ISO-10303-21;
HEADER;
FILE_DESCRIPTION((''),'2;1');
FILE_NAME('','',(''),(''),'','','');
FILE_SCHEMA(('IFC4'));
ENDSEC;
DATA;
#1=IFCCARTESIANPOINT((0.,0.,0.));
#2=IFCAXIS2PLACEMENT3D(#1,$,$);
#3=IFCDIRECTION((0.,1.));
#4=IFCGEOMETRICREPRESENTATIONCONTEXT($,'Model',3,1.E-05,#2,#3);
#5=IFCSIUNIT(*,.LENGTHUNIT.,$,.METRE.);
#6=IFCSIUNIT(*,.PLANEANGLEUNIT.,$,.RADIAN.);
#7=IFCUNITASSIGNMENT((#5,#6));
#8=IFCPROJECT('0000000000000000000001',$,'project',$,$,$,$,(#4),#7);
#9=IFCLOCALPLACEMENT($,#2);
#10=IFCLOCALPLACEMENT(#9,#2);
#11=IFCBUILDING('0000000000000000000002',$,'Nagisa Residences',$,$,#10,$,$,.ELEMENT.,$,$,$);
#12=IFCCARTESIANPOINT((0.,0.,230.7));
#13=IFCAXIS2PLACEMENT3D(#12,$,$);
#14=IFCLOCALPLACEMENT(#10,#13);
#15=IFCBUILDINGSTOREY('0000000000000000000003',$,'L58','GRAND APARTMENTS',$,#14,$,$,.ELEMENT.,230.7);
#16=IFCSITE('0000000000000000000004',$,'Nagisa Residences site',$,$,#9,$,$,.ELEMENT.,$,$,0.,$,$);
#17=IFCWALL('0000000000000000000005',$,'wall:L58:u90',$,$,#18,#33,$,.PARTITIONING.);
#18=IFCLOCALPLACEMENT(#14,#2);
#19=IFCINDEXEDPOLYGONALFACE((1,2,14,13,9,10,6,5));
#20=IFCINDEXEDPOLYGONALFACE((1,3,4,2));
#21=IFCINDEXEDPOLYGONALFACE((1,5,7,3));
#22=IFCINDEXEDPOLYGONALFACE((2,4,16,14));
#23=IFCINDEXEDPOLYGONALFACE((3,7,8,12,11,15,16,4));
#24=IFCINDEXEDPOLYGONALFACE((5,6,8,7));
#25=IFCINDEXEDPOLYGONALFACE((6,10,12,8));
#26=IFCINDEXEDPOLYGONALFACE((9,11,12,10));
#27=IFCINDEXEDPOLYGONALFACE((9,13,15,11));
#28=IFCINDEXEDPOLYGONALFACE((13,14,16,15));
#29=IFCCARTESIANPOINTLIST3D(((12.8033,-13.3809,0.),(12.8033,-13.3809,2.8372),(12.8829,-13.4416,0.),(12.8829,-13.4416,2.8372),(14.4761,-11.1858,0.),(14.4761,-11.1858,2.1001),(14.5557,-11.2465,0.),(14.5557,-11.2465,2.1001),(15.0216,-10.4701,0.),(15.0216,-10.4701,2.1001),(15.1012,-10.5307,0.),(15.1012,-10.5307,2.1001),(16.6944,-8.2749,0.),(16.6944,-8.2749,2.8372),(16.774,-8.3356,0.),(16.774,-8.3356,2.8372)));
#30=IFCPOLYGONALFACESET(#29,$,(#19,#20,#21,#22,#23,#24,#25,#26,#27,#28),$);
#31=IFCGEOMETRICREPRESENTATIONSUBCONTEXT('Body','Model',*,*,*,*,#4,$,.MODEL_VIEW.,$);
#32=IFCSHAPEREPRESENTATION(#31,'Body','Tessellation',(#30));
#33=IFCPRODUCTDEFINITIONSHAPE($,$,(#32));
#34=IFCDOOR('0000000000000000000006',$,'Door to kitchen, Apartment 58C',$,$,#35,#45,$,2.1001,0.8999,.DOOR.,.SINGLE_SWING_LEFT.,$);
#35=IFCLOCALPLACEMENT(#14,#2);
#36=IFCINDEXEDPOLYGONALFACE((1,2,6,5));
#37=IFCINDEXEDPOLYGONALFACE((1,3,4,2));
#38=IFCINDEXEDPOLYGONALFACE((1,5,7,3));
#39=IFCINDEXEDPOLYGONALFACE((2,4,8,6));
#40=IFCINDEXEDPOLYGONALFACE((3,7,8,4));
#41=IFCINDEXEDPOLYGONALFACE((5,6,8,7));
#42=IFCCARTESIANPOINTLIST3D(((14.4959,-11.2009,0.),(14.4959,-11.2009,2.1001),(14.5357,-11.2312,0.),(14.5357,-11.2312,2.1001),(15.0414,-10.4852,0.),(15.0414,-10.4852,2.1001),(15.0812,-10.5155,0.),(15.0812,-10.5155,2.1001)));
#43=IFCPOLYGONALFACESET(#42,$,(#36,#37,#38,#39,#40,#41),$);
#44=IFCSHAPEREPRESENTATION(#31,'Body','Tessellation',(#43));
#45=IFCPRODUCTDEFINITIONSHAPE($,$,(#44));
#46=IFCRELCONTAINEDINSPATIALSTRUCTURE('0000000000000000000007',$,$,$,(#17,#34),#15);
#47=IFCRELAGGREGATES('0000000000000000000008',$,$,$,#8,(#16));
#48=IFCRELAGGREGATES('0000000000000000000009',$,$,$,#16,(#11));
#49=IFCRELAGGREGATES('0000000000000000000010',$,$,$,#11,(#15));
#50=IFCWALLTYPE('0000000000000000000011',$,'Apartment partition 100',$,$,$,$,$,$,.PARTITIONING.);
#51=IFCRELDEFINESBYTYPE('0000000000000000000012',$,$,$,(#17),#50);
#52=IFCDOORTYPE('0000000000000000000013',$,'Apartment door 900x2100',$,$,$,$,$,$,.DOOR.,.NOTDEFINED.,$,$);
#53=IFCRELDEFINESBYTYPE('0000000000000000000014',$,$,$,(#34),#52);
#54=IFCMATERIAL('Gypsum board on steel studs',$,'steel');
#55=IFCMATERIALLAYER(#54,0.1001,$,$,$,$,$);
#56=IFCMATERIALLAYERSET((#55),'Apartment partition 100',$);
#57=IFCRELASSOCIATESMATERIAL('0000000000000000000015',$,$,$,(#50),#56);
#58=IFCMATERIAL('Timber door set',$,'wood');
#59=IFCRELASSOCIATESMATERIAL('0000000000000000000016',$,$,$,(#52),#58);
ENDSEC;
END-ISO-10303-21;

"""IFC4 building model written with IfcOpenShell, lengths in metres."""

from ifc_helpers import new_model, si_unit, direction, frame, frame_2d, origin, place, context, subcontext, project, spatial, rectangle, extrude, material, layer, layer_set, type_object, element, fill, save


model = new_model("IFC4")

# Units and contexts
model_context = context("Model", 3, precision=1e-05, world=origin(), true_north=direction((0.0, 1.0)))
body_context = subcontext(model_context, "Body", "Model", "MODEL_VIEW")
ifc_project = project(units=[si_unit("LENGTHUNIT", "METRE"), si_unit("PLANEANGLEUNIT", "RADIAN")], contexts=[model_context])

# Site, building, storey
site_placement = place(None, origin())
site = spatial("IfcSite", under=ifc_project, at=site_placement, Name="Nagisa Residences site", CompositionType="ELEMENT", RefElevation=0.0)
building_placement = place(site_placement, origin())
building = spatial("IfcBuilding", under=site, at=building_placement, Name="Nagisa Residences", CompositionType="ELEMENT")
storey_placement = place(building_placement, frame((0.0, 0.0, 230.7)))
storey = spatial("IfcBuildingStorey", under=building, at=storey_placement, Name="L58", Description="GRAND APARTMENTS", CompositionType="ELEMENT", Elevation=230.7)

# Shared definitions
ifc_material_1 = material(Name="Gypsum board on steel studs", Category="steel")
ifc_layer_1 = layer(ifc_material_1, 0.1001)
ifc_layer_set_1 = layer_set([ifc_layer_1], Name="Apartment partition 100")
wall_type_1 = type_object("IfcWallType", Name="Apartment partition 100", PredefinedType="PARTITIONING", material=ifc_layer_set_1)
ifc_material_2 = material(Name="Timber door set", Category="wood")
door_type_1 = type_object("IfcDoorType", Name="Apartment door 900x2100", OperationType="NOTDEFINED", PredefinedType="DOOR", material=ifc_material_2)

# Wall, opening, door
wall_1_placement = place(storey_placement, frame((12.843, -13.4114, 0.0), z_axis=(0.0, 0.0, 1.0), x_axis=(0.606128, 0.795367, 0.0)))
wall_1 = element("IfcWall", 1, at=wall_1_placement, inside=storey, type_object=wall_type_1, Name="wall:L58:u90", PredefinedType="PARTITIONING", context=body_context, shape_type="SweptSolid", body=[
    extrude(rectangle(XDim=6.4197, YDim=0.1001, at=frame_2d((3.21, 0.0))), origin(), (0.0, 0.0, 1.0), 2.8372),
])
opening_1_placement = place(wall_1_placement, frame((2.76, 0.0, 0.0)))
opening_1 = element("IfcOpeningElement", 2, at=opening_1_placement, cuts=wall_1, PredefinedType="OPENING", context=body_context, shape_type="SweptSolid", body=[
    extrude(rectangle(XDim=0.8999, YDim=2.1001, at=frame_2d((0.45, 1.05))), frame((0.0, 0.0601, 0.0), z_axis=(0.0, -1.0, 0.0), x_axis=(1.0, 0.0, 0.0)), (0.0, 0.0, 1.0), 0.1201),
])
door_1_placement = place(opening_1_placement, frame((0.8999, 0.0, 0.0), x_axis=(-1.0, 0.0, 0.0)))
door_1 = element("IfcDoor", 3, at=door_1_placement, inside=storey, type_object=door_type_1, Name="Door to kitchen, Apartment 58C", OperationType="SINGLE_SWING_LEFT", OverallHeight=2.1001, OverallWidth=0.8999, PredefinedType="DOOR", context=body_context, shape_type="SweptSolid", body=[
    extrude(rectangle(XDim=0.8999, YDim=2.1001, at=frame_2d((0.45, 1.05))), frame((0.0, 0.0249, 0.0), z_axis=(0.0, -1.0, 0.0), x_axis=(1.0, 0.0, 0.0)), (0.0, 0.0, 1.0), 0.05),
])
fill(opening_1, door_1)

save(model, "model.ifc")
